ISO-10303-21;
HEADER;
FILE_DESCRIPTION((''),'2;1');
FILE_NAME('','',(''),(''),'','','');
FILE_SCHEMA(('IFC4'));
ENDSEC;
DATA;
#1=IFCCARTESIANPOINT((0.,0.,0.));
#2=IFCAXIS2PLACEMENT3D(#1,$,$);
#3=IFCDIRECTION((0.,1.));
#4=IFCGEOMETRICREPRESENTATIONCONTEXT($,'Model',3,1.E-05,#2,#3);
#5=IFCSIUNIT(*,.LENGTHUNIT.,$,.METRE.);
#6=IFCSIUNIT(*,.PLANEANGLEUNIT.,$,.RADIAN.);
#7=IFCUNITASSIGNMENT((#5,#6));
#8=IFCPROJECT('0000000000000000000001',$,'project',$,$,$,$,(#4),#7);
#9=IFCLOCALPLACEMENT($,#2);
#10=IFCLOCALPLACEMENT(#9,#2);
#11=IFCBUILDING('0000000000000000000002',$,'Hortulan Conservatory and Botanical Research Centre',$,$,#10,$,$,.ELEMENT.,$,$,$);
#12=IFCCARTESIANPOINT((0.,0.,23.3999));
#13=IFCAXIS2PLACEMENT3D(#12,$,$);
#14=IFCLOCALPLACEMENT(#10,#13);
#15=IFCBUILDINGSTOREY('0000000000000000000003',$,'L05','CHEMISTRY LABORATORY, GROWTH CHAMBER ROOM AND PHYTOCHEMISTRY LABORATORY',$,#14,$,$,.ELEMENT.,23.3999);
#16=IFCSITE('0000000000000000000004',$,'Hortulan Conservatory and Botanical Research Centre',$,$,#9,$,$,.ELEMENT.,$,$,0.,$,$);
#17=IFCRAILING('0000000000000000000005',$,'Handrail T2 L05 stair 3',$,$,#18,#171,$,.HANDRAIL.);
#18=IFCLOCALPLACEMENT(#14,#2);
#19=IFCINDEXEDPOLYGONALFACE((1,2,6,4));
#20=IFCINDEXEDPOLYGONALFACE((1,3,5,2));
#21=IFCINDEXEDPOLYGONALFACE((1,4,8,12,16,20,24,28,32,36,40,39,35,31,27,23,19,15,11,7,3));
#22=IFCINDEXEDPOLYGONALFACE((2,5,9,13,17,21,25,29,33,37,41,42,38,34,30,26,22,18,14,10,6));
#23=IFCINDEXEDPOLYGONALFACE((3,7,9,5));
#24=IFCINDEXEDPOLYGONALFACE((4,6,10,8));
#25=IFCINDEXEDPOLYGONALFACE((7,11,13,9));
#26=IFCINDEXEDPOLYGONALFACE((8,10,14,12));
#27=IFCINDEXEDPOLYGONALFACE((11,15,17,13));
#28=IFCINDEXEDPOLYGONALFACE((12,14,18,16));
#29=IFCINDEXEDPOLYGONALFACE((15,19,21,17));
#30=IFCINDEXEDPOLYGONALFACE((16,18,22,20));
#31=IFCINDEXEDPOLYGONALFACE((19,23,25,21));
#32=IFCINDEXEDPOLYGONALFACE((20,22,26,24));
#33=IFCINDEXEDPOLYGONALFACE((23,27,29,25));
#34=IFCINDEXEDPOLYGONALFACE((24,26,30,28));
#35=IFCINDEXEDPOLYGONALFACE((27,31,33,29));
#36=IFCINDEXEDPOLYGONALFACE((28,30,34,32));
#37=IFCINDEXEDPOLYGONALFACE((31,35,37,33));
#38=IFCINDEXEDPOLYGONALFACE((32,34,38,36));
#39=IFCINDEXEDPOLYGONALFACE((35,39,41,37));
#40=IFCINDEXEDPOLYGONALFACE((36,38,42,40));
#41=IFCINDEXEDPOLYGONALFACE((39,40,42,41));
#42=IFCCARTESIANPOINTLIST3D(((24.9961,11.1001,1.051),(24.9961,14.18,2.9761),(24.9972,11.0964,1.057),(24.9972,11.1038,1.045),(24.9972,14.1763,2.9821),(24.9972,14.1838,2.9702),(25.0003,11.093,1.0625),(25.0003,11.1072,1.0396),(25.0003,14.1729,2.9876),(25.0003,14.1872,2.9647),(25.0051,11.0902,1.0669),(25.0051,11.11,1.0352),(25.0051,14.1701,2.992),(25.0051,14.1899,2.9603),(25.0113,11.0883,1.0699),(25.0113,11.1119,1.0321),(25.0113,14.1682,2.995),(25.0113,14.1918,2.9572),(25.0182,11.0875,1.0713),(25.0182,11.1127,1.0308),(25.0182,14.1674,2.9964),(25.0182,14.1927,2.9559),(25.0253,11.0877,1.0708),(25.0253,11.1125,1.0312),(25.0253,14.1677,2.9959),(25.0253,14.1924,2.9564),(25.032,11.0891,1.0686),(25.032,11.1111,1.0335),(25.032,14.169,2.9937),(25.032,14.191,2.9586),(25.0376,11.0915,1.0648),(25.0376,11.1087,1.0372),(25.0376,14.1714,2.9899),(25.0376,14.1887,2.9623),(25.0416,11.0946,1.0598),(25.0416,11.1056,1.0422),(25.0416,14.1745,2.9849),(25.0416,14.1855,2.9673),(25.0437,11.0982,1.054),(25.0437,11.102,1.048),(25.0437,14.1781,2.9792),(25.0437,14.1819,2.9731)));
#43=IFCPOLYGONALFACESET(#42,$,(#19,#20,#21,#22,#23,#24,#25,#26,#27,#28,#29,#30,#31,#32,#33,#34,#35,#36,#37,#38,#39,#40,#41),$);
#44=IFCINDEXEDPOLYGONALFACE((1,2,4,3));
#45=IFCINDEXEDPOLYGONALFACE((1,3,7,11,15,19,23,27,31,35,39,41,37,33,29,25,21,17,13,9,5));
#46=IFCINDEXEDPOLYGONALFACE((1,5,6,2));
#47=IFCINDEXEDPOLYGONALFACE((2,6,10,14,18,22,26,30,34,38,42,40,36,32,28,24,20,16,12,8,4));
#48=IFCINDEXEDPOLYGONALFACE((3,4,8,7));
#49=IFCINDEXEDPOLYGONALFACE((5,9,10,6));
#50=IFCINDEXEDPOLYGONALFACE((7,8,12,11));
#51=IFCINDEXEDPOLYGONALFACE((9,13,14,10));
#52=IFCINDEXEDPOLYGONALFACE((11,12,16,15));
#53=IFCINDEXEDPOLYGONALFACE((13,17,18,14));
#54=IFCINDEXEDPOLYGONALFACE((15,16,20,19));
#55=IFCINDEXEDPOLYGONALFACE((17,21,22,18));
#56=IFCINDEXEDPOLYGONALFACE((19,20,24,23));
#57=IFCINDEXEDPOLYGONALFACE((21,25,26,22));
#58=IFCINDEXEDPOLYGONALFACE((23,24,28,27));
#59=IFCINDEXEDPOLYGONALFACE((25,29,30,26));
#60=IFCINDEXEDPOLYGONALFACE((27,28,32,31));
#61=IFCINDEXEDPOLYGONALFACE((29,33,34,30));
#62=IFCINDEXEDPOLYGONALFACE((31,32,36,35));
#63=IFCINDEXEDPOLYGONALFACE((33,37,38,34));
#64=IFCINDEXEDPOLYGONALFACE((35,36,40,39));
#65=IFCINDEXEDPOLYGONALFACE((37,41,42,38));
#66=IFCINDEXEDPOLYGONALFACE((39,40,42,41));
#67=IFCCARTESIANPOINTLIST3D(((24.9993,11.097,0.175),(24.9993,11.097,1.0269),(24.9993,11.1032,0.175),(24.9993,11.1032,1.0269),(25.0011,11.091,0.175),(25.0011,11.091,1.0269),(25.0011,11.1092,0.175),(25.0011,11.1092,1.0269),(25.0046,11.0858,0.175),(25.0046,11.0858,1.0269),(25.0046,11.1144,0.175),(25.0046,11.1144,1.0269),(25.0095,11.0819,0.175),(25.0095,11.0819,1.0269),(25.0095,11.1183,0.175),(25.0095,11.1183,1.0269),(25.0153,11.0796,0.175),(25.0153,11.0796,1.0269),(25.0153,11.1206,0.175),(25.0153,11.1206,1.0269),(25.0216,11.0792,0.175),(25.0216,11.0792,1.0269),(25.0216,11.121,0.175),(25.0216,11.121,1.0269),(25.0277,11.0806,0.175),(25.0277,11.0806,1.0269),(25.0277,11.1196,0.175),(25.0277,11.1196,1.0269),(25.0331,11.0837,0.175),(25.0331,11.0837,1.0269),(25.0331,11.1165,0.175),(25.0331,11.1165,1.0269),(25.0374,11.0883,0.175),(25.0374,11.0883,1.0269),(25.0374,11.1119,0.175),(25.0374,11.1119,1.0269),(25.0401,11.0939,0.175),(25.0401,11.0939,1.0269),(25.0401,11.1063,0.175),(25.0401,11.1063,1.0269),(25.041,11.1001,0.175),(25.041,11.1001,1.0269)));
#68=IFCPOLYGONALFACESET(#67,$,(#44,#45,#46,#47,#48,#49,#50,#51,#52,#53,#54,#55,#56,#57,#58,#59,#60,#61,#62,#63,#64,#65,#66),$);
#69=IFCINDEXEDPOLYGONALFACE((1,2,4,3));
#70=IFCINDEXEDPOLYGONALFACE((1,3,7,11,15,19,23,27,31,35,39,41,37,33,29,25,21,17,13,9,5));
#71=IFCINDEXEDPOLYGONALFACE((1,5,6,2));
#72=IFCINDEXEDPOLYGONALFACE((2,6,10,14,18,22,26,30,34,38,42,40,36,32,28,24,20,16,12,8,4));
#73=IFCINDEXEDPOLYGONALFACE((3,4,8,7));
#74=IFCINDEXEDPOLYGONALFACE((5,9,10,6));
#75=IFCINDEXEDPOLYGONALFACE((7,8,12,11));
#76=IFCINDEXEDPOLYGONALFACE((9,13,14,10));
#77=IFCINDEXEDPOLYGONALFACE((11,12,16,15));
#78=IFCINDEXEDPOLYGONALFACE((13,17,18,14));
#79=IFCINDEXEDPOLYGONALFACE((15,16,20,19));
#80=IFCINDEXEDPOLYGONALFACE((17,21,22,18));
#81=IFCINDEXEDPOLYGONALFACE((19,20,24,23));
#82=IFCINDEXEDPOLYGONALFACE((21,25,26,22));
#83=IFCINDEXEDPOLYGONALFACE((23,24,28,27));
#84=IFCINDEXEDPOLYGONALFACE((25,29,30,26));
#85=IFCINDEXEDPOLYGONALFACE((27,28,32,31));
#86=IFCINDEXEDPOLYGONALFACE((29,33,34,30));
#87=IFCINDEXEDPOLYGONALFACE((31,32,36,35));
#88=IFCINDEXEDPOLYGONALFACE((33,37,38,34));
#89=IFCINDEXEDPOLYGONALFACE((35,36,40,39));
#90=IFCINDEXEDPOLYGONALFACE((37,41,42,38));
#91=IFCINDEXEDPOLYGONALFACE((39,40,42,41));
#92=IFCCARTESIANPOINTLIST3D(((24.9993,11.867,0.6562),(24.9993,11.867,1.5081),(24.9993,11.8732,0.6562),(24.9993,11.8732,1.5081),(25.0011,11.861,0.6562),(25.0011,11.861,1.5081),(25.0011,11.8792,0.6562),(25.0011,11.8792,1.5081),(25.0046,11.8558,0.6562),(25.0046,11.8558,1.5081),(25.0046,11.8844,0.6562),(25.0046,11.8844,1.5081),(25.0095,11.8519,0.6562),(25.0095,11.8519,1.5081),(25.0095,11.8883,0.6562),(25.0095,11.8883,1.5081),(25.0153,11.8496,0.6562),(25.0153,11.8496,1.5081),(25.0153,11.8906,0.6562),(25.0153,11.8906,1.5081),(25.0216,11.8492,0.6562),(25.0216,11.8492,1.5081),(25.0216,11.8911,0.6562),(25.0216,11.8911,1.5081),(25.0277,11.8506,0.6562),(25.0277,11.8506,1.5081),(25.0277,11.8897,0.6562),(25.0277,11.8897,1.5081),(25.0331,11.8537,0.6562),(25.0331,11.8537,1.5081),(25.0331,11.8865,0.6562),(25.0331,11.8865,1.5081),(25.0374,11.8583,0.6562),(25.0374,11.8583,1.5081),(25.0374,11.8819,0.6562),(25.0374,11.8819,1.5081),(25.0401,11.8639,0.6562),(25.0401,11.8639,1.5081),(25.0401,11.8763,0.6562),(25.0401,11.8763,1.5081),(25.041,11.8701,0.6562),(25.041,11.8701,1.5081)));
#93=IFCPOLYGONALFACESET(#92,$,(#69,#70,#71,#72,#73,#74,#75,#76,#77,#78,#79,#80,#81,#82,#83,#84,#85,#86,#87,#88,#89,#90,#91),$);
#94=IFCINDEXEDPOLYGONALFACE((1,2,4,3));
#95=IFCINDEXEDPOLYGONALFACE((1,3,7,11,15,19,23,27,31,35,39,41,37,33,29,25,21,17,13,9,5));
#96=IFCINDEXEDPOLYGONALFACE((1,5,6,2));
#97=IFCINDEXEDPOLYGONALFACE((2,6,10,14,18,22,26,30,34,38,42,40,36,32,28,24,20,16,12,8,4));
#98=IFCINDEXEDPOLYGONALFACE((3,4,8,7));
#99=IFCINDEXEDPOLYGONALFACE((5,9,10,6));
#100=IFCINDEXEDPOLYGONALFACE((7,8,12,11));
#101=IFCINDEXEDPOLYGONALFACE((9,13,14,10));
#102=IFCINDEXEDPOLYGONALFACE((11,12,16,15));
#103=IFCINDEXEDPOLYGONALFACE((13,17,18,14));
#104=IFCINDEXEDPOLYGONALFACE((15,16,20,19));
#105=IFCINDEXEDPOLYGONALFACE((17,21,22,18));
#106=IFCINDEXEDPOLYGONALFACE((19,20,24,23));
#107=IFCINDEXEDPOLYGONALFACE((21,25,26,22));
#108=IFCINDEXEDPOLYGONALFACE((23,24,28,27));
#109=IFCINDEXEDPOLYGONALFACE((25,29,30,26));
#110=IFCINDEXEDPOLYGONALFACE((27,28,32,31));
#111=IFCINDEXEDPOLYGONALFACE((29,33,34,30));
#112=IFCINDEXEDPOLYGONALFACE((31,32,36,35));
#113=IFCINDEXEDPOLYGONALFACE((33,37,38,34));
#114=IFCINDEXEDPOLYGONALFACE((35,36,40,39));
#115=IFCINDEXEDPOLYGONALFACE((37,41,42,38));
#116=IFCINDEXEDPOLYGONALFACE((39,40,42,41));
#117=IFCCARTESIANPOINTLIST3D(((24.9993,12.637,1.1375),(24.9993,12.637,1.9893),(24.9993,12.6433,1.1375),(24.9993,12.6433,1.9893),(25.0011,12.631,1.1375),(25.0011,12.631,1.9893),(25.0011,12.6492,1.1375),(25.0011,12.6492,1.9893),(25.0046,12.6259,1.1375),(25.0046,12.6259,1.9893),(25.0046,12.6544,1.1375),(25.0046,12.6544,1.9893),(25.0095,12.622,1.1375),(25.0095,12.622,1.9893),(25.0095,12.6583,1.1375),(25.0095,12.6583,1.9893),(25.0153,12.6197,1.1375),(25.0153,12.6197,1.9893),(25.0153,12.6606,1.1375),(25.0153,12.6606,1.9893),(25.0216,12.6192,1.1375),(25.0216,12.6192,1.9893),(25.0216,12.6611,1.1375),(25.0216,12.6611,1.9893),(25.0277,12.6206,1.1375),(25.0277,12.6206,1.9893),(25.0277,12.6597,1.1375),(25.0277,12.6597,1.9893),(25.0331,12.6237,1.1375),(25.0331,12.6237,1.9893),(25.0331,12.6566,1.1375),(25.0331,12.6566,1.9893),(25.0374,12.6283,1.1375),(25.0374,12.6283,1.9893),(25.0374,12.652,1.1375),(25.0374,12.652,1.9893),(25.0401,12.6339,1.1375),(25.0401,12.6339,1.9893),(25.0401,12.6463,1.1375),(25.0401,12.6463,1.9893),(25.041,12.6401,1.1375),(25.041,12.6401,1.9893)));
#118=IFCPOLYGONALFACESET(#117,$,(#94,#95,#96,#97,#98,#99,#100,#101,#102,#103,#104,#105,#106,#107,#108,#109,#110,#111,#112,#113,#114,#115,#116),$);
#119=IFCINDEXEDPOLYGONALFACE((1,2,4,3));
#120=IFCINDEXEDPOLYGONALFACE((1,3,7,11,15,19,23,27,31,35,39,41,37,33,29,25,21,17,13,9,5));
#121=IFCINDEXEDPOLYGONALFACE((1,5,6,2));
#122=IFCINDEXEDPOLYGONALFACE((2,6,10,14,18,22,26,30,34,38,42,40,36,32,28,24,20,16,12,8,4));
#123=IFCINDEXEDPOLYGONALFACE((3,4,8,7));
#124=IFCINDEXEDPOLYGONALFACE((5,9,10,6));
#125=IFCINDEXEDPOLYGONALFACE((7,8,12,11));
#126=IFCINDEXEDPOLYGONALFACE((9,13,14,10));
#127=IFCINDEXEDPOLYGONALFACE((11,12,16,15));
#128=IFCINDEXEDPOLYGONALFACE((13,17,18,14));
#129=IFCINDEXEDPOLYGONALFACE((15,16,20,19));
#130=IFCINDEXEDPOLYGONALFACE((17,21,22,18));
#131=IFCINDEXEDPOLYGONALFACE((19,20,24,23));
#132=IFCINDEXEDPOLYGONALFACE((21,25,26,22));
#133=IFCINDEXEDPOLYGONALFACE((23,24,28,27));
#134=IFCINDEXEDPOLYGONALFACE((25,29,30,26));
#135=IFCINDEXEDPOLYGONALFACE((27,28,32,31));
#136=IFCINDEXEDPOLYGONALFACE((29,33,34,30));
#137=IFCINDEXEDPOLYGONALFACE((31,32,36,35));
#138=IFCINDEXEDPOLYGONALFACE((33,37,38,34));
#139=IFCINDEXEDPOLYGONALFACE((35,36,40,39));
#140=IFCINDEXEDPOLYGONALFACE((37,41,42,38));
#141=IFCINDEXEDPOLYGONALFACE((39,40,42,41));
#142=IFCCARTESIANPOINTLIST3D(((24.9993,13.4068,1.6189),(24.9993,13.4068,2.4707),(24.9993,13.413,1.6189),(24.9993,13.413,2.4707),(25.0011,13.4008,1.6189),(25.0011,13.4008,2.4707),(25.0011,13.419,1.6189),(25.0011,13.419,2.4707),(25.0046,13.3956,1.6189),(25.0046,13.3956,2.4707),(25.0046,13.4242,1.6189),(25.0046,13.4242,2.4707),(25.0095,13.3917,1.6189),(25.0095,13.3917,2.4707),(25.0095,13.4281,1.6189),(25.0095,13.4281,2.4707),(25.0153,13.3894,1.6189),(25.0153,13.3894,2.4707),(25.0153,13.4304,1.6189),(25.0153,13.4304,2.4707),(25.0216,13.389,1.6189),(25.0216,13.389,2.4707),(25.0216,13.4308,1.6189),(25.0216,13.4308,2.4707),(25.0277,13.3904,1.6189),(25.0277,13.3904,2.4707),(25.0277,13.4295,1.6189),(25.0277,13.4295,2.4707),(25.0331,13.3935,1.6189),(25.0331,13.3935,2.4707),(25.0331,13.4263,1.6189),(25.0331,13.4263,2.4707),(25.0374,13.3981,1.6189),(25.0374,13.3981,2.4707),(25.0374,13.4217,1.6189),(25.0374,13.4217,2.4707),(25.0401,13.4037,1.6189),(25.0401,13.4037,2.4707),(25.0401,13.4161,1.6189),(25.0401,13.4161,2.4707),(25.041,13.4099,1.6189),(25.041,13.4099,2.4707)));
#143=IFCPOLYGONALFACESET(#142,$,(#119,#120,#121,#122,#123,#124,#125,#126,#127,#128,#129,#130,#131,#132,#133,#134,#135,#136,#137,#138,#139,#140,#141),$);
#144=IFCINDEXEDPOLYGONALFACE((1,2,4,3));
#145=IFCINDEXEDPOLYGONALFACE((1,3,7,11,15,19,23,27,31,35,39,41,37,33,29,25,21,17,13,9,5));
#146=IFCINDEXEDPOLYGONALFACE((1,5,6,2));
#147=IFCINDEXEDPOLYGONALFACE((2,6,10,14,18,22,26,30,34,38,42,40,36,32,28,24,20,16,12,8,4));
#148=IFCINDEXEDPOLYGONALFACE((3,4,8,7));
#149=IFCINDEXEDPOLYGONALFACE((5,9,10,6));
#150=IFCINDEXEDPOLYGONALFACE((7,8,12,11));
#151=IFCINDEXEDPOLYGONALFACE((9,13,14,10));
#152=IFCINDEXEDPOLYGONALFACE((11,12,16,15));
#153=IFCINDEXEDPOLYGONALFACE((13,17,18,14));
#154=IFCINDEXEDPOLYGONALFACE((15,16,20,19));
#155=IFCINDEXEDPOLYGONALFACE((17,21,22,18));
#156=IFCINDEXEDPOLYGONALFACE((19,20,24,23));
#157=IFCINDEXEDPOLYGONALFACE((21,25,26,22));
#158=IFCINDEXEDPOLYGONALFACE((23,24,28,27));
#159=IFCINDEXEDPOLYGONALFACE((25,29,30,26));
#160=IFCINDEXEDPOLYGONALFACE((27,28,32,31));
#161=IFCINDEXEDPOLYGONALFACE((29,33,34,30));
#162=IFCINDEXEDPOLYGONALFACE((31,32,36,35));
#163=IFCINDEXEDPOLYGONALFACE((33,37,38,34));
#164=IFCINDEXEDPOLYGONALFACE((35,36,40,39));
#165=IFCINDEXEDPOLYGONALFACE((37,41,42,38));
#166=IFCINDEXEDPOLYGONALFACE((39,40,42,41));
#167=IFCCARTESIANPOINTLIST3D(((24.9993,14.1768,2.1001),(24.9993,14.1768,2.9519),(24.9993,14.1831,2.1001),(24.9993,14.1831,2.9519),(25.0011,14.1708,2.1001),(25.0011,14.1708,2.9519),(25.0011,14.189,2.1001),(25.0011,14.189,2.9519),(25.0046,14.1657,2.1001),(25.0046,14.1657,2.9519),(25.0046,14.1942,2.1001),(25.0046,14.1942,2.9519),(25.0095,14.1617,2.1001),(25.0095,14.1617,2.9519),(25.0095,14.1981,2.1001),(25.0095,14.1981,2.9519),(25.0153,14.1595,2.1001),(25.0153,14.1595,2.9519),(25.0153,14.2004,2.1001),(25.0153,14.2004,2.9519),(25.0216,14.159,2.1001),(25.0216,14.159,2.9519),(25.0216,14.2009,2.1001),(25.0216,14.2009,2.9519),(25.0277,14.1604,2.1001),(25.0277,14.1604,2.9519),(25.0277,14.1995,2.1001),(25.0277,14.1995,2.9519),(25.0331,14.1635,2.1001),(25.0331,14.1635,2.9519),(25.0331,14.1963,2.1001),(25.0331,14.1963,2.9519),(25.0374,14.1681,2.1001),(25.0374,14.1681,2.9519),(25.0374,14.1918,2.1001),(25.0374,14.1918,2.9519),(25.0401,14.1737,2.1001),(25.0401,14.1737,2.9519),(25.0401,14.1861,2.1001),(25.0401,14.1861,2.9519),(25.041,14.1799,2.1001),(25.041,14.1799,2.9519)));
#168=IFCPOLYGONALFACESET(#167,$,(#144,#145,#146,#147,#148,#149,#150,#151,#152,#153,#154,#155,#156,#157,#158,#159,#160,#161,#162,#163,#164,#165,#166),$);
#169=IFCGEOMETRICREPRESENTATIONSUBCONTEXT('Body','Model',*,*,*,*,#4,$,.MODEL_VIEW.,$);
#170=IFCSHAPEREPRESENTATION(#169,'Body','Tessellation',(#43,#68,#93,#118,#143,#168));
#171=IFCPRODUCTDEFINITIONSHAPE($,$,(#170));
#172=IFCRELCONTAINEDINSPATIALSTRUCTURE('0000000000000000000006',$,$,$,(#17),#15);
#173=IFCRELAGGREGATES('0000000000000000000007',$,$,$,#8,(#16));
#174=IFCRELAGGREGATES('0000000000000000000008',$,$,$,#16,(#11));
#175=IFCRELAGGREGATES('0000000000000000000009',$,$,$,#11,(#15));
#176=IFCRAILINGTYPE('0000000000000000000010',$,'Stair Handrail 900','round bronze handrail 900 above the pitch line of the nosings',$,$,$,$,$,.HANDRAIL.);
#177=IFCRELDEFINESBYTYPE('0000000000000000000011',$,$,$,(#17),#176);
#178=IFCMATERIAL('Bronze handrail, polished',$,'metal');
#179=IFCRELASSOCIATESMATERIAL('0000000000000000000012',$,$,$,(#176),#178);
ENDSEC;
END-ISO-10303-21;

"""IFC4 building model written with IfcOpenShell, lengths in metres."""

from ifc_helpers import new_model, si_unit, direction, frame, origin, origin_2d, place, context, subcontext, project, spatial, circle, extrude, material, type_object, element, save


model = new_model("IFC4")

# Units and contexts
model_context = context("Model", 3, precision=1e-05, world=origin(), true_north=direction((0.0, 1.0)))
body_context = subcontext(model_context, "Body", "Model", "MODEL_VIEW")
ifc_project = project(units=[si_unit("LENGTHUNIT", "METRE"), si_unit("PLANEANGLEUNIT", "RADIAN")], contexts=[model_context])

# Site, building, storey
site_placement = place(None, origin())
site = spatial("IfcSite", under=ifc_project, at=site_placement, Name="Hortulan Conservatory and Botanical Research Centre", CompositionType="ELEMENT", RefElevation=0.0)
building_placement = place(site_placement, origin())
building = spatial("IfcBuilding", under=site, at=building_placement, Name="Hortulan Conservatory and Botanical Research Centre", CompositionType="ELEMENT")
storey_placement = place(building_placement, frame((0.0, 0.0, 23.3999)))
storey = spatial("IfcBuildingStorey", under=building, at=storey_placement, Name="L05", Description="CHEMISTRY LABORATORY, GROWTH CHAMBER ROOM AND PHYTOCHEMISTRY LABORATORY", CompositionType="ELEMENT", Elevation=23.3999)

# Railing
ifc_material_1 = material(Name="Bronze handrail, polished", Category="metal")
railing_type_1 = type_object("IfcRailingType", Name="Stair Handrail 900", Description="round bronze handrail 900 above the pitch line of the nosings", PredefinedType="HANDRAIL", material=ifc_material_1)
railing_1_placement = place(storey_placement, frame((25.02, 11.1001, 0.175)))
element("IfcRailing", 1, at=railing_1_placement, inside=storey, type_object=railing_type_1, Name="Handrail T2 L05 stair 3", PredefinedType="HANDRAIL", context=body_context, shape_type="SweptSolid", body=[
    extrude(circle(Radius=0.0239, at=origin_2d()), frame((0.0, 0.0, 0.876), z_axis=(0.0, 0.847979, 0.530029), x_axis=(-1.0, 0.0, 0.0)), (0.0, 0.0, 1.0), 3.6321),
    extrude(circle(Radius=0.021, at=origin_2d()), origin(), (0.0, 0.0, 1.0), 0.8518),
    extrude(circle(Radius=0.021, at=origin_2d()), frame((0.0, 0.77, 0.4812)), (0.0, 0.0, 1.0), 0.8518),
    extrude(circle(Radius=0.021, at=origin_2d()), frame((0.0, 1.54, 0.9624)), (0.0, 0.0, 1.0), 0.8518),
    extrude(circle(Radius=0.021, at=origin_2d()), frame((0.0, 2.3098, 1.4438)), (0.0, 0.0, 1.0), 0.8518),
    extrude(circle(Radius=0.021, at=origin_2d()), frame((0.0, 3.0798, 1.925)), (0.0, 0.0, 1.0), 0.8518),
])

save(model, "model.ifc")
